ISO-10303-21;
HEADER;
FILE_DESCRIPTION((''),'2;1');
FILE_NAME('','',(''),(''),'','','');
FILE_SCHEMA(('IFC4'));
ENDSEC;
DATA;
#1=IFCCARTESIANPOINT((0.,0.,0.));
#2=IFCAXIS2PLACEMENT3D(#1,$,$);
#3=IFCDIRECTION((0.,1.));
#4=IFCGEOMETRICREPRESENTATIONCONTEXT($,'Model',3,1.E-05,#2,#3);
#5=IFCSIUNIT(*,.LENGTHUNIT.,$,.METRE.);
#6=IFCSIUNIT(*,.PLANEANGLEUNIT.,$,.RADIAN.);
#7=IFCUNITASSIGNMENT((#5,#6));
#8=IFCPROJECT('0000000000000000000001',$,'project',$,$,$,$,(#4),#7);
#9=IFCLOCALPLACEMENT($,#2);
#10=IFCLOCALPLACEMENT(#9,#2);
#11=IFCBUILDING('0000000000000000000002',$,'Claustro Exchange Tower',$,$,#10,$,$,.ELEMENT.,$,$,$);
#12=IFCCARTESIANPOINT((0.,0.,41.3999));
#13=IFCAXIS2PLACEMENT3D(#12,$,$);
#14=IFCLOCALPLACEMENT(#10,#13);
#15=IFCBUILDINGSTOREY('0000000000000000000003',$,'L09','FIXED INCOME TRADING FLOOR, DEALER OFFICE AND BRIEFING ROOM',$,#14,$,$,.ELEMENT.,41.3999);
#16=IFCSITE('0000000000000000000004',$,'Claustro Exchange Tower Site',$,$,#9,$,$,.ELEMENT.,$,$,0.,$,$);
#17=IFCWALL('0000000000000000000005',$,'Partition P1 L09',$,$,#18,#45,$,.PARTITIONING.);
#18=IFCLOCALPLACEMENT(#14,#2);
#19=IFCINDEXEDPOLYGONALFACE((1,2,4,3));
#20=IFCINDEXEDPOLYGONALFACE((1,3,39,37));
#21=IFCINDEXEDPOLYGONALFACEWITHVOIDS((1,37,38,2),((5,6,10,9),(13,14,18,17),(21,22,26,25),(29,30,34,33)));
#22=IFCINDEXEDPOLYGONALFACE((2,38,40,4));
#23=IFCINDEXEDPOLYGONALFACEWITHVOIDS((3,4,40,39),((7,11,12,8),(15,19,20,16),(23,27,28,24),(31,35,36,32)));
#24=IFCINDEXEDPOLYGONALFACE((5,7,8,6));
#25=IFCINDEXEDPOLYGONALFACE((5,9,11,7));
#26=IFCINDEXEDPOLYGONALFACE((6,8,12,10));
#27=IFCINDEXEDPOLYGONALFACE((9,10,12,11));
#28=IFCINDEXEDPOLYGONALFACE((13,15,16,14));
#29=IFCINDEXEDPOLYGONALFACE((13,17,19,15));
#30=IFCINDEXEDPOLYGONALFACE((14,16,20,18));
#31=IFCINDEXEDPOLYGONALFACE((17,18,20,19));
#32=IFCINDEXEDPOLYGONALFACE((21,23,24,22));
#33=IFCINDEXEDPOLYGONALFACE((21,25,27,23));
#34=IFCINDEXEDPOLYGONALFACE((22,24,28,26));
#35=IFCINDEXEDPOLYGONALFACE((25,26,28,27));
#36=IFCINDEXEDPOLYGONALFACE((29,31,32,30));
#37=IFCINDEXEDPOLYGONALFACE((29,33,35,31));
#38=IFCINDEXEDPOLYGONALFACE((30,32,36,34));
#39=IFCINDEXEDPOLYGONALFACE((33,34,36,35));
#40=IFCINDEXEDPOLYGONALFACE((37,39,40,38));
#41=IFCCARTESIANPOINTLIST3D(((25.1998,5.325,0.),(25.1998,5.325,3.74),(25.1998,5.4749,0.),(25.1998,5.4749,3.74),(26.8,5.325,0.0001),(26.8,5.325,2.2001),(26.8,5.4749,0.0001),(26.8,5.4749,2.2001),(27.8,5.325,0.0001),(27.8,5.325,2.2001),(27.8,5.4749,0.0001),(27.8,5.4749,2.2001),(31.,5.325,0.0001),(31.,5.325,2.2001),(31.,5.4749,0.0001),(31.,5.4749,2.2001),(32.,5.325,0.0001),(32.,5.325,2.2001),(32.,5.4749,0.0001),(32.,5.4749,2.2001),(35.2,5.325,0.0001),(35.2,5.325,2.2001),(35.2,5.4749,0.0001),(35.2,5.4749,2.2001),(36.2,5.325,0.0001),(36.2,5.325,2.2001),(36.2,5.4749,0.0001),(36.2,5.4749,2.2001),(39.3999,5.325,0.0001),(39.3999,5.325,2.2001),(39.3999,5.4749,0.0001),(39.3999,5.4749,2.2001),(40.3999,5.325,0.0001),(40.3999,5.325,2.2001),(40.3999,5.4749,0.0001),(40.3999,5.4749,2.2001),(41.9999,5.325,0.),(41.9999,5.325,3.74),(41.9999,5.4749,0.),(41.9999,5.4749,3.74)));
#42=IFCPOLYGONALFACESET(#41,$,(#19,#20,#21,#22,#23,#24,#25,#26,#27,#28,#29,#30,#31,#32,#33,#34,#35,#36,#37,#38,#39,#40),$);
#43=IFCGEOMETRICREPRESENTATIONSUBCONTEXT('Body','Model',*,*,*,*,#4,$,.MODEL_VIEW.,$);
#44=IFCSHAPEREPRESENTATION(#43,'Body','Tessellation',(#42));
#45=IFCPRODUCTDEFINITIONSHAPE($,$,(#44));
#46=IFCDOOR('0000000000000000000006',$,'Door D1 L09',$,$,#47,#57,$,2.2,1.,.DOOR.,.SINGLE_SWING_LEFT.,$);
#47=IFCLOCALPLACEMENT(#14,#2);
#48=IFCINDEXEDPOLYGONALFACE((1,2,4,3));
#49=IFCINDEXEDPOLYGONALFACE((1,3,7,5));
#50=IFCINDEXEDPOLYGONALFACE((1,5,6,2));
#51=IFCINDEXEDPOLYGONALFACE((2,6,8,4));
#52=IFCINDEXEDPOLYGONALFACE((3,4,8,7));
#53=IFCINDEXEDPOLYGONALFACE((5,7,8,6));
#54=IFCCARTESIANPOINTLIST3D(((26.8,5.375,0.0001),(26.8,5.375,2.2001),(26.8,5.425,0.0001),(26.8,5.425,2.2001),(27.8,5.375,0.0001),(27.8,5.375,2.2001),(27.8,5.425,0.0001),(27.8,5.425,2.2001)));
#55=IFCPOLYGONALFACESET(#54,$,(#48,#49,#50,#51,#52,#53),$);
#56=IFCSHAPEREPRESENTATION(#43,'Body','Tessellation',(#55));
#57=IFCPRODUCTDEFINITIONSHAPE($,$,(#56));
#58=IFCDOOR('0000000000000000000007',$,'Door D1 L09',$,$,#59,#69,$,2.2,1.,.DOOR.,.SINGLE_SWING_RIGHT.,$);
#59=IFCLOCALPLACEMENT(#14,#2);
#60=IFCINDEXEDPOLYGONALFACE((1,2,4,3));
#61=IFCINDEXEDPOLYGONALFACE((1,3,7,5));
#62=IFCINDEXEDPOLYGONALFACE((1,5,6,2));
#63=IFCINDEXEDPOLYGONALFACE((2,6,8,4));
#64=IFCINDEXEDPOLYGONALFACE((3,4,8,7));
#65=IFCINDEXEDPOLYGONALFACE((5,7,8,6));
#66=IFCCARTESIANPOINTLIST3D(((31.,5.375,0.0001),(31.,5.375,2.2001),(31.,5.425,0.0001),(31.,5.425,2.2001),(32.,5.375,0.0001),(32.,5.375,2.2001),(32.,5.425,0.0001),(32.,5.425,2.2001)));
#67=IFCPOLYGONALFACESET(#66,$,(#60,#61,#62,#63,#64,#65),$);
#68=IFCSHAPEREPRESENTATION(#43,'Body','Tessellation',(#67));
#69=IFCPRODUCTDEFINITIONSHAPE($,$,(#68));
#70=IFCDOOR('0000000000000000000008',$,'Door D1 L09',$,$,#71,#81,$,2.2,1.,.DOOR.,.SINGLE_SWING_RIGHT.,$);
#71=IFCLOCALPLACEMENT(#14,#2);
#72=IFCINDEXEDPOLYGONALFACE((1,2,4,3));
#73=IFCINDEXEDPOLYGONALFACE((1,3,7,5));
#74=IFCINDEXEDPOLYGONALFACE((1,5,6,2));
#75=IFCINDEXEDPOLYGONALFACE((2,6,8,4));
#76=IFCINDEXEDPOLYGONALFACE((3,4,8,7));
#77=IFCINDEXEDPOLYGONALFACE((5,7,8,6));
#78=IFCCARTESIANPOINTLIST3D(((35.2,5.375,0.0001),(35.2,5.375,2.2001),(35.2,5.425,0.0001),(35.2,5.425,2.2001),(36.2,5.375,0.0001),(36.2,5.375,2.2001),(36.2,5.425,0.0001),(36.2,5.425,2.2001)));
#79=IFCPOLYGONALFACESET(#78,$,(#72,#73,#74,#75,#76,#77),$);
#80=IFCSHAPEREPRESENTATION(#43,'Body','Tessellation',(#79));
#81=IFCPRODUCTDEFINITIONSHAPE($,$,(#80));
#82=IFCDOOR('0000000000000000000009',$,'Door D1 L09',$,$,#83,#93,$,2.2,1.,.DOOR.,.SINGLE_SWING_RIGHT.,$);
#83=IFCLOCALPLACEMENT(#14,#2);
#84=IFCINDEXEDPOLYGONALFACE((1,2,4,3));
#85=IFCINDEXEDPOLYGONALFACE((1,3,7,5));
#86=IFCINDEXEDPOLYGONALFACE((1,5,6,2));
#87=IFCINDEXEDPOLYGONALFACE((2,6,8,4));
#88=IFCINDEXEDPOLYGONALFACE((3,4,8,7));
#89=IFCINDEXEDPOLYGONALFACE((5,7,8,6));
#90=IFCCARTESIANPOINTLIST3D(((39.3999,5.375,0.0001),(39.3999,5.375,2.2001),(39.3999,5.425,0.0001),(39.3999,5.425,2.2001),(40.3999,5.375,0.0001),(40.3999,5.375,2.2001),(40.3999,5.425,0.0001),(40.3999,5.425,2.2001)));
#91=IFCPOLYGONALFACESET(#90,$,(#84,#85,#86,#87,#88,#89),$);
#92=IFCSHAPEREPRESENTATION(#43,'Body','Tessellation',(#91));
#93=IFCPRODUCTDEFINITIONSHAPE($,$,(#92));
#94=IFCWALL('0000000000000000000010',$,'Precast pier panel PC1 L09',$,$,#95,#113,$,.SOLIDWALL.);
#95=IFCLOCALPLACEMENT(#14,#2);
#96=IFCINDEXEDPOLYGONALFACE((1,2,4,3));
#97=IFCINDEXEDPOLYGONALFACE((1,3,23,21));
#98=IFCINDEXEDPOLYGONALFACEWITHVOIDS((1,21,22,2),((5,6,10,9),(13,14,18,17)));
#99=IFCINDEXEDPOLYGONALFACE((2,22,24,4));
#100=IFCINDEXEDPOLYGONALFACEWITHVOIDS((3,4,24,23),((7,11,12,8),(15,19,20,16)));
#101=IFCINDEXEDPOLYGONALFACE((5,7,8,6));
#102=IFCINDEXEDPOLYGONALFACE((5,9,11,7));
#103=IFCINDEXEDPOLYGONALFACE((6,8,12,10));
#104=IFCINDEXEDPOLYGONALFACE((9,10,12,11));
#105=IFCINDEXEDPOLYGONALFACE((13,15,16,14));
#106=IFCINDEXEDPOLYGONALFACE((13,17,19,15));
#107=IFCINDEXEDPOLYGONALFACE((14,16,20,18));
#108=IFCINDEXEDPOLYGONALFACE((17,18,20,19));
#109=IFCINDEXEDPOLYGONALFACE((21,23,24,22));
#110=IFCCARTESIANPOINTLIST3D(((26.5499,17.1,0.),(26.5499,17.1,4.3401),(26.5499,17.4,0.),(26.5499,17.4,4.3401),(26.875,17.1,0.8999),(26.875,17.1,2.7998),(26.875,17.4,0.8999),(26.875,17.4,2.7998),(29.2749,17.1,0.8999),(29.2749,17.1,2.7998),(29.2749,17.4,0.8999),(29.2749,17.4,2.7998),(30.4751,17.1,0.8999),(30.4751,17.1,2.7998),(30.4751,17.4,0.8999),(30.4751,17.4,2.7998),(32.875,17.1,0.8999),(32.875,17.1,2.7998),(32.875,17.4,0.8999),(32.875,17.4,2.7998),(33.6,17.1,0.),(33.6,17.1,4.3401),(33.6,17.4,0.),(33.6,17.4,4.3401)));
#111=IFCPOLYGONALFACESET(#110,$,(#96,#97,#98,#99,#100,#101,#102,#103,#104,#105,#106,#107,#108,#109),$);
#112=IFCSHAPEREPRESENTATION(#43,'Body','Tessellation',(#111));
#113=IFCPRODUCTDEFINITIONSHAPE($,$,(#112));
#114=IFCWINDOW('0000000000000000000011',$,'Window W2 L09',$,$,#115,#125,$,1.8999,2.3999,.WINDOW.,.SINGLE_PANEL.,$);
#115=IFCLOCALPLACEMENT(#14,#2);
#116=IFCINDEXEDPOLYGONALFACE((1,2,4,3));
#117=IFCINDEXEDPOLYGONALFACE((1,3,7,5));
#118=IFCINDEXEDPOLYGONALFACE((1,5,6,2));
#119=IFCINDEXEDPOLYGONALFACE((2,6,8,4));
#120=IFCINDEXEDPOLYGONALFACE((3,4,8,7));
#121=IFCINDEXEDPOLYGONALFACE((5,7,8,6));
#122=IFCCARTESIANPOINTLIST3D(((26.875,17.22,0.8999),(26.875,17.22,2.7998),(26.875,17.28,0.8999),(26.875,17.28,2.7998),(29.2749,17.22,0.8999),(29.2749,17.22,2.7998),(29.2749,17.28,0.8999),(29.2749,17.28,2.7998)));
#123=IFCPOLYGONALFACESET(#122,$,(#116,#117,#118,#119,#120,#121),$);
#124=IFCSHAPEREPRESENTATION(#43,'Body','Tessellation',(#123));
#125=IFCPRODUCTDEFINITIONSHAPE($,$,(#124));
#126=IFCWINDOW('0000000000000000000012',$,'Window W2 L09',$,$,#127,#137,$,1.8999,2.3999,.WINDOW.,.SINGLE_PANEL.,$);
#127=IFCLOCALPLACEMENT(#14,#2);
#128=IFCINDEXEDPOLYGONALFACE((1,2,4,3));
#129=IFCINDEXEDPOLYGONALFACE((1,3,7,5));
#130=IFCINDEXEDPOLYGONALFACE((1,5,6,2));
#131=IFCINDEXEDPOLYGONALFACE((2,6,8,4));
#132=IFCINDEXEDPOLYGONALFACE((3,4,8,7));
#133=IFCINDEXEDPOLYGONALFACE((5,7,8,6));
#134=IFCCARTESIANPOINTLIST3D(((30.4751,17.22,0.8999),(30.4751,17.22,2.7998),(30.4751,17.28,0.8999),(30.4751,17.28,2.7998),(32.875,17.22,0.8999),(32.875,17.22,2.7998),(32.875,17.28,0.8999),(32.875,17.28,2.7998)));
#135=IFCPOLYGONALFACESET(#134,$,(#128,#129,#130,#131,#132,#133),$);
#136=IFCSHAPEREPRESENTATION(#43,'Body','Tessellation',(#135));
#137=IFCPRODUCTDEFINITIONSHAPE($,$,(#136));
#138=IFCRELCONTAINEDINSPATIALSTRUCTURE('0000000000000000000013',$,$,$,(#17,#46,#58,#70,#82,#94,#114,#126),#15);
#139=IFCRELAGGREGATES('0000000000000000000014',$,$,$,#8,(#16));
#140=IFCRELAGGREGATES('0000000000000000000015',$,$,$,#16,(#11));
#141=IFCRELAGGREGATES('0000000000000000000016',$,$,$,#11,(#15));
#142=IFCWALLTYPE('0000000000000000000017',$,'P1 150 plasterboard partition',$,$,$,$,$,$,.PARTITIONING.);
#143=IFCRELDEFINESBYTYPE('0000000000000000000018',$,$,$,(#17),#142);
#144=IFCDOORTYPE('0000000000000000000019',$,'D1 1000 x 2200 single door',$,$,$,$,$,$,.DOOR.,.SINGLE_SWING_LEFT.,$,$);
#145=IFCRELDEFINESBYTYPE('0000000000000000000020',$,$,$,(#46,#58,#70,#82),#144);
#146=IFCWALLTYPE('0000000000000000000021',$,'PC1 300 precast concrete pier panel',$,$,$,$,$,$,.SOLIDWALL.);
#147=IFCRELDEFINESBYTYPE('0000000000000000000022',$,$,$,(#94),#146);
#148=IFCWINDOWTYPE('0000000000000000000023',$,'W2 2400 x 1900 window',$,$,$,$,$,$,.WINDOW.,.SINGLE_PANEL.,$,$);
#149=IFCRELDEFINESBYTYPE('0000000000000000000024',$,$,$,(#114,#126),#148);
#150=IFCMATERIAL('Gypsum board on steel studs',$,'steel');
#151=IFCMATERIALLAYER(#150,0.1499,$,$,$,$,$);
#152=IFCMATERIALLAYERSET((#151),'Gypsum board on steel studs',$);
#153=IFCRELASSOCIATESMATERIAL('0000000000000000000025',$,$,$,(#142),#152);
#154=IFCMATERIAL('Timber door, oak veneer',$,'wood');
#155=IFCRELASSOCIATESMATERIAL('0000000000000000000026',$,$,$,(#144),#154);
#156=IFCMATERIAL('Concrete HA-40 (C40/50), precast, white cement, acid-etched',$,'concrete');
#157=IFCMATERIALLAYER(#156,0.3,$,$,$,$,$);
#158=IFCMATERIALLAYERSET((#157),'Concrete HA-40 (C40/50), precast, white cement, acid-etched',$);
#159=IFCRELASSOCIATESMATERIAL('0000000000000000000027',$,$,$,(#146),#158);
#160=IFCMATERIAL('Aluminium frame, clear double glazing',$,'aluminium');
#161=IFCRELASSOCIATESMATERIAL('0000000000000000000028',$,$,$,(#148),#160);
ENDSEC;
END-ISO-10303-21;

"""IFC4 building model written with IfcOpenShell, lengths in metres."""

from ifc_helpers import new_model, si_unit, direction, frame, frame_2d, origin, place, context, subcontext, project, spatial, rectangle, extrude, material, layer, layer_set, type_object, element, fill, save


model = new_model("IFC4")

# Units and contexts
model_context = context("Model", 3, precision=1e-05, world=origin(), true_north=direction((0.0, 1.0)))
body_context = subcontext(model_context, "Body", "Model", "MODEL_VIEW")
ifc_project = project(units=[si_unit("LENGTHUNIT", "METRE"), si_unit("PLANEANGLEUNIT", "RADIAN")], contexts=[model_context])

# Site, building, storey
site_placement = place(None, origin())
site = spatial("IfcSite", under=ifc_project, at=site_placement, Name="Claustro Exchange Tower Site", CompositionType="ELEMENT", RefElevation=0.0)
building_placement = place(site_placement, origin())
building = spatial("IfcBuilding", under=site, at=building_placement, Name="Claustro Exchange Tower", CompositionType="ELEMENT")
storey_placement = place(building_placement, frame((0.0, 0.0, 41.3999)))
storey = spatial("IfcBuildingStorey", under=building, at=storey_placement, Name="L09", Description="FIXED INCOME TRADING FLOOR, DEALER OFFICE AND BRIEFING ROOM", CompositionType="ELEMENT", Elevation=41.3999)

# Wall, openings, doors
ifc_material_1 = material(Name="Gypsum board on steel studs", Category="steel")
ifc_layer_1 = layer(ifc_material_1, 0.1499)
ifc_layer_set_1 = layer_set([ifc_layer_1], Name="Gypsum board on steel studs")
wall_type_1 = type_object("IfcWallType", Name="P1 150 plasterboard partition", PredefinedType="PARTITIONING", material=ifc_layer_set_1)
wall_1_placement = place(storey_placement, frame((25.2, 5.3999, 0.0), z_axis=(0.0, 0.0, 1.0), x_axis=(1.0, 0.0, 0.0)))
wall_1 = element("IfcWall", 1, at=wall_1_placement, inside=storey, type_object=wall_type_1, Name="Partition P1 L09", PredefinedType="PARTITIONING", context=body_context, shape_type="SweptSolid", body=[
    extrude(rectangle(XDim=16.8, YDim=0.1499, at=frame_2d((8.3999, 0.0))), origin(), (0.0, 0.0, 1.0), 3.74),
])
opening_1_placement = place(wall_1_placement, frame((1.6001, 0.0, 0.0)))
opening_1 = element("IfcOpeningElement", 2, at=opening_1_placement, cuts=wall_1, PredefinedType="OPENING", context=body_context, shape_type="SweptSolid", body=[
    extrude(rectangle(XDim=1.0, YDim=2.2, at=frame_2d((0.5, 1.1001))), frame((0.0, 0.085, 0.0), z_axis=(0.0, -1.0, 0.0), x_axis=(1.0, 0.0, 0.0)), (0.0, 0.0, 1.0), 0.1699),
])
opening_2_placement = place(wall_1_placement, frame((5.8, 0.0, 0.0)))
opening_2 = element("IfcOpeningElement", 3, at=opening_2_placement, cuts=wall_1, PredefinedType="OPENING", context=body_context, shape_type="SweptSolid", body=[
    extrude(rectangle(XDim=1.0, YDim=2.2, at=frame_2d((0.5, 1.1001))), frame((0.0, 0.085, 0.0), z_axis=(0.0, -1.0, 0.0), x_axis=(1.0, 0.0, 0.0)), (0.0, 0.0, 1.0), 0.1699),
])
opening_3_placement = place(wall_1_placement, frame((10.0, 0.0, 0.0)))
opening_3 = element("IfcOpeningElement", 4, at=opening_3_placement, cuts=wall_1, PredefinedType="OPENING", context=body_context, shape_type="SweptSolid", body=[
    extrude(rectangle(XDim=1.0, YDim=2.2, at=frame_2d((0.5, 1.1001))), frame((0.0, 0.085, 0.0), z_axis=(0.0, -1.0, 0.0), x_axis=(1.0, 0.0, 0.0)), (0.0, 0.0, 1.0), 0.1699),
])
opening_4_placement = place(wall_1_placement, frame((14.2, 0.0, 0.0)))
opening_4 = element("IfcOpeningElement", 5, at=opening_4_placement, cuts=wall_1, PredefinedType="OPENING", context=body_context, shape_type="SweptSolid", body=[
    extrude(rectangle(XDim=1.0, YDim=2.2, at=frame_2d((0.5, 1.1001))), frame((0.0, 0.085, 0.0), z_axis=(0.0, -1.0, 0.0), x_axis=(1.0, 0.0, 0.0)), (0.0, 0.0, 1.0), 0.1699),
])
ifc_material_2 = material(Name="Timber door, oak veneer", Category="wood")
door_type = type_object("IfcDoorType", Name="D1 1000 x 2200 single door", OperationType="SINGLE_SWING_LEFT", PredefinedType="DOOR", material=ifc_material_2)
door_1_placement = place(opening_1_placement, frame((1.0, 0.0, 0.0), z_axis=(0.0, 0.0, 1.0), x_axis=(-1.0, 0.0, 0.0)))
door_1 = element("IfcDoor", 6, at=door_1_placement, inside=storey, type_object=door_type, Name="Door D1 L09", OperationType="SINGLE_SWING_LEFT", OverallHeight=2.2, OverallWidth=1.0, PredefinedType="DOOR", context=body_context, shape_type="SweptSolid", body=[
    extrude(rectangle(XDim=1.0, YDim=2.2, at=frame_2d((0.5, 1.1001))), frame((0.0, 0.0249, 0.0), z_axis=(0.0, -1.0, 0.0), x_axis=(1.0, 0.0, 0.0)), (0.0, 0.0, 1.0), 0.05),
])
fill(opening_1, door_1)
door_2_placement = place(opening_2_placement, frame((1.0, 0.0, 0.0), z_axis=(0.0, 0.0, 1.0), x_axis=(-1.0, 0.0, 0.0)))
door_2 = element("IfcDoor", 7, at=door_2_placement, inside=storey, type_object=door_type, Name="Door D1 L09", OperationType="SINGLE_SWING_RIGHT", OverallHeight=2.2, OverallWidth=1.0, PredefinedType="DOOR", context=body_context, shape_type="SweptSolid", body=[
    extrude(rectangle(XDim=1.0, YDim=2.2, at=frame_2d((0.5, 1.1001))), frame((0.0, 0.0249, 0.0), z_axis=(0.0, -1.0, 0.0), x_axis=(1.0, 0.0, 0.0)), (0.0, 0.0, 1.0), 0.05),
])
fill(opening_2, door_2)
door_3_placement = place(opening_3_placement, frame((1.0, 0.0, 0.0), z_axis=(0.0, 0.0, 1.0), x_axis=(-1.0, 0.0, 0.0)))
door_3 = element("IfcDoor", 8, at=door_3_placement, inside=storey, type_object=door_type, Name="Door D1 L09", OperationType="SINGLE_SWING_RIGHT", OverallHeight=2.2, OverallWidth=1.0, PredefinedType="DOOR", context=body_context, shape_type="SweptSolid", body=[
    extrude(rectangle(XDim=1.0, YDim=2.2, at=frame_2d((0.5, 1.1001))), frame((0.0, 0.0249, 0.0), z_axis=(0.0, -1.0, 0.0), x_axis=(1.0, 0.0, 0.0)), (0.0, 0.0, 1.0), 0.05),
])
fill(opening_3, door_3)
door_4_placement = place(opening_4_placement, frame((1.0, 0.0, 0.0), z_axis=(0.0, 0.0, 1.0), x_axis=(-1.0, 0.0, 0.0)))
door_4 = element("IfcDoor", 9, at=door_4_placement, inside=storey, type_object=door_type, Name="Door D1 L09", OperationType="SINGLE_SWING_RIGHT", OverallHeight=2.2, OverallWidth=1.0, PredefinedType="DOOR", context=body_context, shape_type="SweptSolid", body=[
    extrude(rectangle(XDim=1.0, YDim=2.2, at=frame_2d((0.5, 1.1001))), frame((0.0, 0.0249, 0.0), z_axis=(0.0, -1.0, 0.0), x_axis=(1.0, 0.0, 0.0)), (0.0, 0.0, 1.0), 0.05),
])
fill(opening_4, door_4)

# Wall, openings, windows
ifc_material_3 = material(Name="Concrete HA-40 (C40/50), precast, white cement, acid-etched", Category="concrete")
ifc_layer_2 = layer(ifc_material_3, 0.3)
ifc_layer_set_2 = layer_set([ifc_layer_2], Name="Concrete HA-40 (C40/50), precast, white cement, acid-etched")
wall_type_2 = type_object("IfcWallType", Name="PC1 300 precast concrete pier panel", PredefinedType="SOLIDWALL", material=ifc_layer_set_2)
wall_2_placement = place(storey_placement, frame((26.55, 17.25, 0.0), z_axis=(0.0, 0.0, 1.0), x_axis=(1.0, 0.0, 0.0)))
wall_2 = element("IfcWall", 10, at=wall_2_placement, inside=storey, type_object=wall_type_2, Name="Precast pier panel PC1 L09", PredefinedType="SOLIDWALL", context=body_context, shape_type="SweptSolid", body=[
    extrude(rectangle(XDim=7.05, YDim=0.3, at=frame_2d((3.5249, 0.0))), origin(), (0.0, 0.0, 1.0), 4.3401),
])
opening_5_placement = place(wall_2_placement, frame((0.325, 0.0, 0.8999)))
opening_5 = element("IfcOpeningElement", 11, at=opening_5_placement, cuts=wall_2, PredefinedType="OPENING", context=body_context, shape_type="SweptSolid", body=[
    extrude(rectangle(XDim=2.3999, YDim=1.8999, at=frame_2d((1.2, 0.95))), frame((0.0, 0.1599, 0.0), z_axis=(0.0, -1.0, 0.0), x_axis=(1.0, 0.0, 0.0)), (0.0, 0.0, 1.0), 0.3201),
])
opening_6_placement = place(wall_2_placement, frame((3.925, 0.0, 0.8999)))
opening_6 = element("IfcOpeningElement", 12, at=opening_6_placement, cuts=wall_2, PredefinedType="OPENING", context=body_context, shape_type="SweptSolid", body=[
    extrude(rectangle(XDim=2.3999, YDim=1.8999, at=frame_2d((1.2, 0.95))), frame((0.0, 0.1599, 0.0), z_axis=(0.0, -1.0, 0.0), x_axis=(1.0, 0.0, 0.0)), (0.0, 0.0, 1.0), 0.3201),
])
ifc_material_4 = material(Name="Aluminium frame, clear double glazing", Category="aluminium")
window_type = type_object("IfcWindowType", Name="W2 2400 x 1900 window", PartitioningType="SINGLE_PANEL", PredefinedType="WINDOW", material=ifc_material_4)
window_1_placement = place(opening_5_placement, origin())
window_1 = element("IfcWindow", 13, at=window_1_placement, inside=storey, type_object=window_type, Name="Window W2 L09", OverallHeight=1.8999, OverallWidth=2.3999, PartitioningType="SINGLE_PANEL", PredefinedType="WINDOW", context=body_context, shape_type="SweptSolid", body=[
    extrude(rectangle(XDim=2.3999, YDim=1.8999, at=frame_2d((1.2, 0.95))), frame((0.0, 0.03, 0.0), z_axis=(0.0, -1.0, 0.0), x_axis=(1.0, 0.0, 0.0)), (0.0, 0.0, 1.0), 0.0601),
])
fill(opening_5, window_1)
window_2_placement = place(opening_6_placement, origin())
window_2 = element("IfcWindow", 14, at=window_2_placement, inside=storey, type_object=window_type, Name="Window W2 L09", OverallHeight=1.8999, OverallWidth=2.3999, PartitioningType="SINGLE_PANEL", PredefinedType="WINDOW", context=body_context, shape_type="SweptSolid", body=[
    extrude(rectangle(XDim=2.3999, YDim=1.8999, at=frame_2d((1.2, 0.95))), frame((0.0, 0.03, 0.0), z_axis=(0.0, -1.0, 0.0), x_axis=(1.0, 0.0, 0.0)), (0.0, 0.0, 1.0), 0.0601),
])
fill(opening_6, window_2)

save(model, "model.ifc")
